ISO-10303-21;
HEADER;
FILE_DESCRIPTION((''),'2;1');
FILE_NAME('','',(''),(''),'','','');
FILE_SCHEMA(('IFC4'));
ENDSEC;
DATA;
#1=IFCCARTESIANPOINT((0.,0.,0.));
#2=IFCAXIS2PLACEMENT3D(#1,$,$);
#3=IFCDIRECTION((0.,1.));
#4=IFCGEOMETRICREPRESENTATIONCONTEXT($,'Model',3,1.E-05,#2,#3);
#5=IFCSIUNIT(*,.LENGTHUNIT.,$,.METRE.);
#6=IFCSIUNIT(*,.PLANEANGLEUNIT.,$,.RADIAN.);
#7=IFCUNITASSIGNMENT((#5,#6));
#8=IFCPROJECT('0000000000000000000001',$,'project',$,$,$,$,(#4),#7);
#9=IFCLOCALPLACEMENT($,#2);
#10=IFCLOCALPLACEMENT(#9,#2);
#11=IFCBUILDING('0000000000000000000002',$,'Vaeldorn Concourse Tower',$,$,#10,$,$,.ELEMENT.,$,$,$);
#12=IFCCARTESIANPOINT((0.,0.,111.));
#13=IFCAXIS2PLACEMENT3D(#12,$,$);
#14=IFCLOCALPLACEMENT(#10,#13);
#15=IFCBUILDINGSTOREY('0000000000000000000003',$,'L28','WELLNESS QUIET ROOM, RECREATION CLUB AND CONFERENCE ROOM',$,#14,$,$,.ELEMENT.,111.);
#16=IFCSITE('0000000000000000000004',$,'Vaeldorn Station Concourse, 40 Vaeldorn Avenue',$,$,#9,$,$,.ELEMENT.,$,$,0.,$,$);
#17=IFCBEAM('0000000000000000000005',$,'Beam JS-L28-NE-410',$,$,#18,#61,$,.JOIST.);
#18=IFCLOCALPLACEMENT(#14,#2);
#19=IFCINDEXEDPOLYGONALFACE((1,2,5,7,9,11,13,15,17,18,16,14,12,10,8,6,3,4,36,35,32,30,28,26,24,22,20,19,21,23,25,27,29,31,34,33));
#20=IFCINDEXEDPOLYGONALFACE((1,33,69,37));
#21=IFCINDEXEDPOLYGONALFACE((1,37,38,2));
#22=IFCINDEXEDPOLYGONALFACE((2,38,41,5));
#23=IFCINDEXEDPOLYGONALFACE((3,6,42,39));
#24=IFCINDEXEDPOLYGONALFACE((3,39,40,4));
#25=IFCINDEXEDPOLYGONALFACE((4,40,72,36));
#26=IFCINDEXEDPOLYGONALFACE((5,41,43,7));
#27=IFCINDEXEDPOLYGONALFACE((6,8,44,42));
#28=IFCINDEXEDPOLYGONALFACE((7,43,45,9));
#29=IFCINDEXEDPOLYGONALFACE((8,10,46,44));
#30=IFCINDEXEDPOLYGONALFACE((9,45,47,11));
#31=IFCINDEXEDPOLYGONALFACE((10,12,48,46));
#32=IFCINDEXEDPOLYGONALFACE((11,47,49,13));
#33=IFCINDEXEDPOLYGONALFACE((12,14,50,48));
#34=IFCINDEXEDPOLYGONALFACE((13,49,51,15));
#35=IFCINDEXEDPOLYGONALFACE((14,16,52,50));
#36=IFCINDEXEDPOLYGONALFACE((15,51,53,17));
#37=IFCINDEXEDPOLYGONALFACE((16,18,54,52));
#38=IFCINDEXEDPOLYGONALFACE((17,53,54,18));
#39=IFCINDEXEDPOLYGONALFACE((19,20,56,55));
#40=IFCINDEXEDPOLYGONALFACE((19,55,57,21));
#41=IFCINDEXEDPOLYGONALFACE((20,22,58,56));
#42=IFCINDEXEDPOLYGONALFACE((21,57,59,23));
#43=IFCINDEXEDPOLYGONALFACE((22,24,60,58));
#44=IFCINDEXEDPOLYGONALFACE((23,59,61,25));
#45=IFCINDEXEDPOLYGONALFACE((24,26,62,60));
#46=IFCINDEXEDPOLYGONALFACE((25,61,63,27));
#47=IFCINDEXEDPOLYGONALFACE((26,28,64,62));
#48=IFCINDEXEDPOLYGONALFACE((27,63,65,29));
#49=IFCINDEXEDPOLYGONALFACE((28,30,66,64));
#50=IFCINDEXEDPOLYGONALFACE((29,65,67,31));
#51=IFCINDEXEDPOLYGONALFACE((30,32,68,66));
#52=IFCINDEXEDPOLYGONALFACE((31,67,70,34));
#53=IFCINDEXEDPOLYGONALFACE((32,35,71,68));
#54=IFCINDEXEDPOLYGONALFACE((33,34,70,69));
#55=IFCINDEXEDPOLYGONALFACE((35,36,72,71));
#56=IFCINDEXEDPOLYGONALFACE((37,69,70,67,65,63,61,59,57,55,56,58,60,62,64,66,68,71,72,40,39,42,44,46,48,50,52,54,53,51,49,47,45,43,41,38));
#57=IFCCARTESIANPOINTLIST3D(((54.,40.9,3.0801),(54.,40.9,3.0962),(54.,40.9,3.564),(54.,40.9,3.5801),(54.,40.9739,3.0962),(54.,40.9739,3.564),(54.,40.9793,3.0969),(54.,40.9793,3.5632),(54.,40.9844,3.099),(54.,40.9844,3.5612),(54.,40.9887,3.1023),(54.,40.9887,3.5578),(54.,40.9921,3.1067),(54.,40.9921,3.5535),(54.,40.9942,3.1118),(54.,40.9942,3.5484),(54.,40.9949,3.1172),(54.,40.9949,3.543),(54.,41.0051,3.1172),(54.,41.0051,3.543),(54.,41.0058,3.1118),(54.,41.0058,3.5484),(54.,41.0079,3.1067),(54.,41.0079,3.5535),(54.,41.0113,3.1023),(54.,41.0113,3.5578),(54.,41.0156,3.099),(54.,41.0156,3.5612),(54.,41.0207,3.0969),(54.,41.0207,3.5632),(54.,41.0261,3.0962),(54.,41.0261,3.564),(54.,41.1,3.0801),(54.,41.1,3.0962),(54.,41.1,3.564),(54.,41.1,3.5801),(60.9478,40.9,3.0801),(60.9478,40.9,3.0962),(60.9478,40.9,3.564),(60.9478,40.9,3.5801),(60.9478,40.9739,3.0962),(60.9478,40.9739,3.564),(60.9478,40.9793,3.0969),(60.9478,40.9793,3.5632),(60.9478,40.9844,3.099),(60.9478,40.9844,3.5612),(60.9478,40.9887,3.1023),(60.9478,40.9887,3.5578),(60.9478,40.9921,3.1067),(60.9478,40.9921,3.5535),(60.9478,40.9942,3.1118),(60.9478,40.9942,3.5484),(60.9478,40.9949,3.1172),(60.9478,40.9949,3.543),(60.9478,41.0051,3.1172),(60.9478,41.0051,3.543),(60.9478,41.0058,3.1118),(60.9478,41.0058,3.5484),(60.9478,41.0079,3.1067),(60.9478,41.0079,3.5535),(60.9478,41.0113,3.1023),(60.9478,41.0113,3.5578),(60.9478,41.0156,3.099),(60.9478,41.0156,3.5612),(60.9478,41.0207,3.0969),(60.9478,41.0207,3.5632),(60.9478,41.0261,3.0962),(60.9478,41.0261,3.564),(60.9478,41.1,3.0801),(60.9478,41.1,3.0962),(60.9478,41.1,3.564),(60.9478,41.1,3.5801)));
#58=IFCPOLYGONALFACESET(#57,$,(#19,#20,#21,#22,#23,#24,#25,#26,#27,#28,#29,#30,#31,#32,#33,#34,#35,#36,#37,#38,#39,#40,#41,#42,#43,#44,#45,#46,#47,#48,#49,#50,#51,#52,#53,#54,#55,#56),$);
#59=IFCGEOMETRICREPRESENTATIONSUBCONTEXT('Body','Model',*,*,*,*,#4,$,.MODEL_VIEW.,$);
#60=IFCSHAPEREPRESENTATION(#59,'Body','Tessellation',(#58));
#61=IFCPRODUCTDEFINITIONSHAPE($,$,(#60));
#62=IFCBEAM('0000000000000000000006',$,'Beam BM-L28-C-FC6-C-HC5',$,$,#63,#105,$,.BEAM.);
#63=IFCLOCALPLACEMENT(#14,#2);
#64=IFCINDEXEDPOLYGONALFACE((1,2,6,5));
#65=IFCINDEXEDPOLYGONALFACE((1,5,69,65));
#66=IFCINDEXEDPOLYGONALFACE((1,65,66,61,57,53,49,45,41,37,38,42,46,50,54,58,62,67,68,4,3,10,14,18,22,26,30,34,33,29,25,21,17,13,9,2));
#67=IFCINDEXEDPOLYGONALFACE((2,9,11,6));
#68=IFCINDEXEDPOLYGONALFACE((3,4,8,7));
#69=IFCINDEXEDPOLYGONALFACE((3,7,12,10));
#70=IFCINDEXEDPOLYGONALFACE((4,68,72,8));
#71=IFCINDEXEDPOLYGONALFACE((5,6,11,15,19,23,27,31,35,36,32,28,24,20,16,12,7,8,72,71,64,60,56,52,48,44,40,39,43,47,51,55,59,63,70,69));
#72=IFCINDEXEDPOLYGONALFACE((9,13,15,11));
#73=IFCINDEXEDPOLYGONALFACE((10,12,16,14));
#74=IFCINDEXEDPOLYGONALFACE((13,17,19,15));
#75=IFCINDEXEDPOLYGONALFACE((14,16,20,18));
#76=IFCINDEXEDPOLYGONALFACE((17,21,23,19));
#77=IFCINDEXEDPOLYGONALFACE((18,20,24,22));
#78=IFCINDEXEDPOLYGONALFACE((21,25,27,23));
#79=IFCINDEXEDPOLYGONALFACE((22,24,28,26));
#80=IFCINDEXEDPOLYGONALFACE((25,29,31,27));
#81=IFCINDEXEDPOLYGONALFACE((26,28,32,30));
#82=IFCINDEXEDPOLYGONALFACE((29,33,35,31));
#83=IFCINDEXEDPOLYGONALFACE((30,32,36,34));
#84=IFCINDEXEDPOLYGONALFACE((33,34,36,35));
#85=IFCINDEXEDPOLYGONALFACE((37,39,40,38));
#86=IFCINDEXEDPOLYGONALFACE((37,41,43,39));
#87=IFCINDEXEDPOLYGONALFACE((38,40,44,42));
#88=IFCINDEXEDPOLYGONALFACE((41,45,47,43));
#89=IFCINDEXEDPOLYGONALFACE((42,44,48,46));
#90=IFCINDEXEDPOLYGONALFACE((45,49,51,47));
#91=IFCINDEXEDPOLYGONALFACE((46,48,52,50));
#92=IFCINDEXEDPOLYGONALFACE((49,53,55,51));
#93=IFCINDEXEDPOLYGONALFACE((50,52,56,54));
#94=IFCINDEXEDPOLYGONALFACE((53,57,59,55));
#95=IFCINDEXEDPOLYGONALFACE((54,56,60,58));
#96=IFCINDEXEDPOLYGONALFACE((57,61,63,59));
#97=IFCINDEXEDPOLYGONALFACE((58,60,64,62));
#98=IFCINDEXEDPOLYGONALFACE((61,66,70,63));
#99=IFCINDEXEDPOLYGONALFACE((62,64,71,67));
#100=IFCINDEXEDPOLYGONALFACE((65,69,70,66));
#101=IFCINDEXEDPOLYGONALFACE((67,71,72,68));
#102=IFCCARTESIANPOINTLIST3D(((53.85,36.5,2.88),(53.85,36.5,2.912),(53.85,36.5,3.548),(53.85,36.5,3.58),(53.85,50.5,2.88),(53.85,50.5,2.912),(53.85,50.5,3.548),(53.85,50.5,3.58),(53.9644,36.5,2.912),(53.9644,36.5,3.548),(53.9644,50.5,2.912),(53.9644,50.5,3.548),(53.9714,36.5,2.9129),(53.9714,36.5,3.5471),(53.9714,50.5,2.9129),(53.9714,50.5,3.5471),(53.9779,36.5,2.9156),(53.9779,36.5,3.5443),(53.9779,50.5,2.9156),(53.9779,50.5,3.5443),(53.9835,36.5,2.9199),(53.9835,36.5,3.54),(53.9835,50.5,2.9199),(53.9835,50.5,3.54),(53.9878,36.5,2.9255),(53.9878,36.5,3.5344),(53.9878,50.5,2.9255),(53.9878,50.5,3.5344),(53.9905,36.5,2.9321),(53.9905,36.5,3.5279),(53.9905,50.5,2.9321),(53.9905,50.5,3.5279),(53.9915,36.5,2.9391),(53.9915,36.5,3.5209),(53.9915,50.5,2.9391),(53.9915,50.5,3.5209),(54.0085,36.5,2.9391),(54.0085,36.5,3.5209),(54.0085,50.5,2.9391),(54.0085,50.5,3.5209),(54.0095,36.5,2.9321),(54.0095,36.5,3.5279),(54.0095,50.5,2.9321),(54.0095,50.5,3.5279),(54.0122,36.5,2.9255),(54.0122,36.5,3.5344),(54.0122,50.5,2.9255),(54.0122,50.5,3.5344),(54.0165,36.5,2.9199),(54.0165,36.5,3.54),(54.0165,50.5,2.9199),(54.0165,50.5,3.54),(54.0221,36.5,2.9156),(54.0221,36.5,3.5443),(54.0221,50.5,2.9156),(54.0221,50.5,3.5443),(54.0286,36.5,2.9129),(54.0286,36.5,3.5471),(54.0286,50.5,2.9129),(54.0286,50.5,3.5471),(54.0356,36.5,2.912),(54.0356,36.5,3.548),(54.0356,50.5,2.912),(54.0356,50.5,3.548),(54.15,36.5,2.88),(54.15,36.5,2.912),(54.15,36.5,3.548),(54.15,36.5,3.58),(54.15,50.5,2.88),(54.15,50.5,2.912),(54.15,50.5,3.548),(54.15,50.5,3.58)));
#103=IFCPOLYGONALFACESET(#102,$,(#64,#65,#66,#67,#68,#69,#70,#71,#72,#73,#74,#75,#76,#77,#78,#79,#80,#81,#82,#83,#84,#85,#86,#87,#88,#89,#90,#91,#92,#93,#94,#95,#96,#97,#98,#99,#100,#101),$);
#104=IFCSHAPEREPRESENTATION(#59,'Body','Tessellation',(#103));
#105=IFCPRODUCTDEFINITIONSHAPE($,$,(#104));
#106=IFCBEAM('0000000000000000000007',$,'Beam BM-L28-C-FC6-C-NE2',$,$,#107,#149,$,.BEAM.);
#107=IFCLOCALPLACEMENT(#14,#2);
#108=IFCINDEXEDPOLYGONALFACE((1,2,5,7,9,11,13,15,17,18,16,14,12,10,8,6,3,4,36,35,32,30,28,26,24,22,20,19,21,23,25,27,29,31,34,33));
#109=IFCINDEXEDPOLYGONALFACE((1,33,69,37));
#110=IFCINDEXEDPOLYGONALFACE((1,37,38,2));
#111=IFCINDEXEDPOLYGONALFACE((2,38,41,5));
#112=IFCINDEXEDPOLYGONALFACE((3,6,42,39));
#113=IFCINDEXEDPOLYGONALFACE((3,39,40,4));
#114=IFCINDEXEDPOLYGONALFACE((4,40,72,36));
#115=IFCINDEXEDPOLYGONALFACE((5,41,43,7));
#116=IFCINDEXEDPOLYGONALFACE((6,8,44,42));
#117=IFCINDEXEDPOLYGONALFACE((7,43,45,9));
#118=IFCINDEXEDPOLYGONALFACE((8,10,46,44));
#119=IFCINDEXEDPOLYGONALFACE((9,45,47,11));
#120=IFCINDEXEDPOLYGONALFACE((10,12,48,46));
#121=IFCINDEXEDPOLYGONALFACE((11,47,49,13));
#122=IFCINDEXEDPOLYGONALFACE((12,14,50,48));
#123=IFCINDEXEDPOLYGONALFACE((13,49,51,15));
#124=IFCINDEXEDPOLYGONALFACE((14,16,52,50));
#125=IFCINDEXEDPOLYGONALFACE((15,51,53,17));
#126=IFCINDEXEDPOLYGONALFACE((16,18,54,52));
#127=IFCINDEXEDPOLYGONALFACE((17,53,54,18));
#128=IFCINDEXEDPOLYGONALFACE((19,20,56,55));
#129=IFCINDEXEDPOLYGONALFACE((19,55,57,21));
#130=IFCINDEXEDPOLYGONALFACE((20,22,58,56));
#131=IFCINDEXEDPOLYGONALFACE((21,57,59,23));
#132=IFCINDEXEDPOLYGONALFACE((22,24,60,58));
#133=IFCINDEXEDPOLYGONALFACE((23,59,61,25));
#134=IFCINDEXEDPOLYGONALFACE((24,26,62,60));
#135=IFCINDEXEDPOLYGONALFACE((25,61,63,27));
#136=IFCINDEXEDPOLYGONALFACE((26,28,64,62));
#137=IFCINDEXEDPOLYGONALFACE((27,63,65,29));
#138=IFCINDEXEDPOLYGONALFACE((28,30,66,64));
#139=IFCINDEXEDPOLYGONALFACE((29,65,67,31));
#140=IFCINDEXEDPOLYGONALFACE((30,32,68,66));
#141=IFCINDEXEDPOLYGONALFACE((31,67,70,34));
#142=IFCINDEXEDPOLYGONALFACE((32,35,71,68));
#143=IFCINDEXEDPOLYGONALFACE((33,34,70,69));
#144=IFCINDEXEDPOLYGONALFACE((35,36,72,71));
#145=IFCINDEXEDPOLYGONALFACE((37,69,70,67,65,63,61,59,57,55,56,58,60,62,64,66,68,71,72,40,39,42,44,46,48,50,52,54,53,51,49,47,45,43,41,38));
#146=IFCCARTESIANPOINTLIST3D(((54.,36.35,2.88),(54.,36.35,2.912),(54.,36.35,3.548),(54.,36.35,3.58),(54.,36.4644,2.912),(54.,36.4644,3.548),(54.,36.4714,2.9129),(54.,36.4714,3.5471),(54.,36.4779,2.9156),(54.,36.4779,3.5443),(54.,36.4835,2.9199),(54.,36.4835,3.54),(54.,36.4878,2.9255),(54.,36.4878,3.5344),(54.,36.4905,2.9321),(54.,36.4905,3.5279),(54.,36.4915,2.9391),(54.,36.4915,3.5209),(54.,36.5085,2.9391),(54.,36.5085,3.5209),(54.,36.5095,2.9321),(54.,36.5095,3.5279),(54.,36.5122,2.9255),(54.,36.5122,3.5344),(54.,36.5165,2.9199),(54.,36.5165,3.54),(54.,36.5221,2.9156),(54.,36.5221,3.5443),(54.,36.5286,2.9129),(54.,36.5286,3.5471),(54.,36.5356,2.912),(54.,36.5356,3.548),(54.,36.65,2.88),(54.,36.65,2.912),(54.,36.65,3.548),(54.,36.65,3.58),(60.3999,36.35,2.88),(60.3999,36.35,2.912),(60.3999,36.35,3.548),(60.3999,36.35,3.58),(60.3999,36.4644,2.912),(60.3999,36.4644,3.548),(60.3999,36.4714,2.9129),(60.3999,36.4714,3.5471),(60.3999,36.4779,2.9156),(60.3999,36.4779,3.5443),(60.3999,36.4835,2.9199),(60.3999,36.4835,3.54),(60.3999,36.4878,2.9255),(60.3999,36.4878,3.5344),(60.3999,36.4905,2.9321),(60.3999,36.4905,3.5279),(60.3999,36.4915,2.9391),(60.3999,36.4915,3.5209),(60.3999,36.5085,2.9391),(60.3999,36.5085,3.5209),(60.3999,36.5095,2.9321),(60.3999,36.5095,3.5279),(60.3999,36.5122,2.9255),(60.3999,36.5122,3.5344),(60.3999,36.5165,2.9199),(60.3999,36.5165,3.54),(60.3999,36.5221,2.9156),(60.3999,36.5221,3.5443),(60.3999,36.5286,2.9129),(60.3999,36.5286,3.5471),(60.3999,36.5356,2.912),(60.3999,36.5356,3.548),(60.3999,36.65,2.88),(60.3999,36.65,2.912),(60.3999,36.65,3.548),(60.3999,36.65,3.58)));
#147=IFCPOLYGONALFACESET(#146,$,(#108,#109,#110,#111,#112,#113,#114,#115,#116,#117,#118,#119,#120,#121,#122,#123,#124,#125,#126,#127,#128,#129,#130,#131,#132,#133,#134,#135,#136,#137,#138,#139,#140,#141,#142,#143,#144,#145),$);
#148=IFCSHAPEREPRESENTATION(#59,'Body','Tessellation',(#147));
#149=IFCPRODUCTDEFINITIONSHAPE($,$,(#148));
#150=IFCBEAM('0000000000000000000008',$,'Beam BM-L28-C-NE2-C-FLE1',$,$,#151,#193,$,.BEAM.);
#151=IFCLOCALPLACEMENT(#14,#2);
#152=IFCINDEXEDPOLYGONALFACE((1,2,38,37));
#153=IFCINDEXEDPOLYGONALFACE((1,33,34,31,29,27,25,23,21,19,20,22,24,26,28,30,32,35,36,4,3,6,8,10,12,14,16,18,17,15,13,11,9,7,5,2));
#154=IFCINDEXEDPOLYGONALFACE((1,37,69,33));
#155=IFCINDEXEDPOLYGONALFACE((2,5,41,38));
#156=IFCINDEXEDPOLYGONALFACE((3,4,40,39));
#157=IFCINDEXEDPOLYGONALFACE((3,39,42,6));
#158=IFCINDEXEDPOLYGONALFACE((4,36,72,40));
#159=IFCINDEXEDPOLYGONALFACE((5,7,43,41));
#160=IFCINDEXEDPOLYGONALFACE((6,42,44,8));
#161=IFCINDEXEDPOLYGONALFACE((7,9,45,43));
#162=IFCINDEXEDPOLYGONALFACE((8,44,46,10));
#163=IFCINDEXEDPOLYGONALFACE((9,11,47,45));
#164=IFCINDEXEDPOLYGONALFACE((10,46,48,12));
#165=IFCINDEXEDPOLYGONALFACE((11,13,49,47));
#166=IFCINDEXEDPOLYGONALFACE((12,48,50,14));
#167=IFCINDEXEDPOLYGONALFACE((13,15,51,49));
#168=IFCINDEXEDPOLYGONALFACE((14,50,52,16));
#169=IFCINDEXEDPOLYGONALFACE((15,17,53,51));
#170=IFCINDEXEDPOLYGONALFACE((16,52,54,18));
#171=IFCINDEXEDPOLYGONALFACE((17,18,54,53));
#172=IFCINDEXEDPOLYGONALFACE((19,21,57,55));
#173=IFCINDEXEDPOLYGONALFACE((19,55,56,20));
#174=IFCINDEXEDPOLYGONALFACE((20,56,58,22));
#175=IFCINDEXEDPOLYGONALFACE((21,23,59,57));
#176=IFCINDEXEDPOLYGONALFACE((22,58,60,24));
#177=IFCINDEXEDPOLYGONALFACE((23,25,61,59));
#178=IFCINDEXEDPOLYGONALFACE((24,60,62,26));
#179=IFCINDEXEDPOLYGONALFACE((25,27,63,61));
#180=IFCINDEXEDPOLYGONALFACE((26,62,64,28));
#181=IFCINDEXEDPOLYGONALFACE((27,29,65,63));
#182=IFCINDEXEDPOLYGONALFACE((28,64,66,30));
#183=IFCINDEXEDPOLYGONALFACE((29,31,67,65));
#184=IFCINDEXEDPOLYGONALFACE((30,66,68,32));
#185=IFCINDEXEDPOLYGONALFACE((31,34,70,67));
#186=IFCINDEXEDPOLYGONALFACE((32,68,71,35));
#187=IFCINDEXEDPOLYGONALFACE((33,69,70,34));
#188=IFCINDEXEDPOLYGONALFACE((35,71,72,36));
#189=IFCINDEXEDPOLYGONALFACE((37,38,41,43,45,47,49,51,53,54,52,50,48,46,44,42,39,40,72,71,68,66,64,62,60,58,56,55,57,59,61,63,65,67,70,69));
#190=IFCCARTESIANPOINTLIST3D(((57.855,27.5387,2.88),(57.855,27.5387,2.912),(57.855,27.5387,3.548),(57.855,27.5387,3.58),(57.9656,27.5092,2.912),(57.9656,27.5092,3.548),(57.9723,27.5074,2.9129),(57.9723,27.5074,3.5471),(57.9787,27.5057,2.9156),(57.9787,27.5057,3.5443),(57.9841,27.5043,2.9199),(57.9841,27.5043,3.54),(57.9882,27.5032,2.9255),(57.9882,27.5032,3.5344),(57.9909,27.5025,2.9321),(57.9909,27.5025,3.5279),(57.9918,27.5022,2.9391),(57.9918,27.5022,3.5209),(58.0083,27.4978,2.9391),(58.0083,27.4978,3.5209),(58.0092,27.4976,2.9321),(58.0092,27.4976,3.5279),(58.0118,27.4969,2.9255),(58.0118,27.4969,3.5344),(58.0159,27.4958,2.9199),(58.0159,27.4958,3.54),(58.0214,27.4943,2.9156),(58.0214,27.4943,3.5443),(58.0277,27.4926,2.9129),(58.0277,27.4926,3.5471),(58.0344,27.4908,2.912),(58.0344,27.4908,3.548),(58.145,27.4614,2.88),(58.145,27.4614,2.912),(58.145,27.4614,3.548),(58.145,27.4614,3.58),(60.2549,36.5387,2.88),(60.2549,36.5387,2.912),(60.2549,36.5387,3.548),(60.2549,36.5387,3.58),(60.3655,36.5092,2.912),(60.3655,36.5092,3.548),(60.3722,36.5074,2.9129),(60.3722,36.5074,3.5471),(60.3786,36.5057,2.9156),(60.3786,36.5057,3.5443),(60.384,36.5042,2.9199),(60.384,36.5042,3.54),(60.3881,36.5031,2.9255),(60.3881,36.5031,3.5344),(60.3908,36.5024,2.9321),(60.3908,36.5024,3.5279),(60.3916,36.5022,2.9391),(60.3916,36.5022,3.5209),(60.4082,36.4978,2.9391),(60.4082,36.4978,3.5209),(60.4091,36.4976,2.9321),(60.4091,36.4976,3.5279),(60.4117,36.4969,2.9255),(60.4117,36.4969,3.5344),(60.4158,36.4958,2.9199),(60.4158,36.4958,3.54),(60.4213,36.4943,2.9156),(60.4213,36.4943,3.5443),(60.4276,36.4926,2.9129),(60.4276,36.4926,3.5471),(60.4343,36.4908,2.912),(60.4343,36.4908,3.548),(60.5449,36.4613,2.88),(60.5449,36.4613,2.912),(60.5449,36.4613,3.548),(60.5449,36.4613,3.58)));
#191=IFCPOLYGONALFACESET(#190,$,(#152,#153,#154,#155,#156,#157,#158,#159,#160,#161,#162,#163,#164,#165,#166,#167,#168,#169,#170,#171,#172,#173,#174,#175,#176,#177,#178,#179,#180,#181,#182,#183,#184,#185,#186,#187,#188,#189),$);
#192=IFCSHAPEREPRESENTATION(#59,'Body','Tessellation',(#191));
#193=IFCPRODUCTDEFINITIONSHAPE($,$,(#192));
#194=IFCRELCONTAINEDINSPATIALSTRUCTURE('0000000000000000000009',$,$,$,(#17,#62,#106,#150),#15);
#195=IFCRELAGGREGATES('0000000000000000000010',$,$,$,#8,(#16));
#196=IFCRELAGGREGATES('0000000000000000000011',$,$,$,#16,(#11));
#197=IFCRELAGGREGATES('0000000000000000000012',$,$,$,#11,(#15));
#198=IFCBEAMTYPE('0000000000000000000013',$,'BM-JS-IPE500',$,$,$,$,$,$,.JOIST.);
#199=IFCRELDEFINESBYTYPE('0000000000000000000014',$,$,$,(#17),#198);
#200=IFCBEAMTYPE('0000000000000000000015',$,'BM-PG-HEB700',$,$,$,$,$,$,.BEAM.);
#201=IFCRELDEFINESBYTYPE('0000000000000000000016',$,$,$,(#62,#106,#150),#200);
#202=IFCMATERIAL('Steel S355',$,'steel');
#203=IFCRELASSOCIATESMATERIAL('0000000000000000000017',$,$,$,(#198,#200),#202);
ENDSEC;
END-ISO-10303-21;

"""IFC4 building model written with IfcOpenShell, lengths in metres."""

from ifc_helpers import new_model, si_unit, direction, frame, origin, origin_2d, place, context, subcontext, project, spatial, i_section, extrude, source, transform, mapped, material, material_profile, profile_set, type_object, element, save


model = new_model("IFC4")

# Units and contexts
model_context = context("Model", 3, precision=1e-05, world=origin(), true_north=direction((0.0, 1.0)))
body_context = subcontext(model_context, "Body", "Model", "MODEL_VIEW")
ifc_project = project(units=[si_unit("LENGTHUNIT", "METRE"), si_unit("PLANEANGLEUNIT", "RADIAN")], contexts=[model_context])

# Site, building, storey
site_placement = place(None, origin())
site = spatial("IfcSite", under=ifc_project, at=site_placement, Name="Vaeldorn Station Concourse, 40 Vaeldorn Avenue", CompositionType="ELEMENT", RefElevation=0.0)
building_placement = place(site_placement, origin())
building = spatial("IfcBuilding", under=site, at=building_placement, Name="Vaeldorn Concourse Tower", CompositionType="ELEMENT")
storey_placement = place(building_placement, frame((0.0, 0.0, 111.0)))
storey = spatial("IfcBuildingStorey", under=building, at=storey_placement, Name="L28", Description="WELLNESS QUIET ROOM, RECREATION CLUB AND CONFERENCE ROOM", CompositionType="ELEMENT", Elevation=111.0)

# Beams
ifc_material_1 = material(Name="Steel S355", Category="steel")
ifc_material_profile_1 = material_profile(ifc_material_1, i_section(OverallWidth=0.2, OverallDepth=0.5, WebThickness=0.0103, FlangeThickness=0.0161, FilletRadius=0.021, at=origin_2d()), Name="IPE 500")
ifc_profile_set_1 = profile_set([ifc_material_profile_1], Name="Steel S355")
beam_type_1 = type_object("IfcBeamType", Name="BM-JS-IPE500", PredefinedType="JOIST", material=ifc_profile_set_1)
shared_shape_1 = source(origin(), body_context, "Body", "SweptSolid", [
    extrude(i_section(OverallWidth=0.2, OverallDepth=0.5, WebThickness=0.0103, FlangeThickness=0.0161, FilletRadius=0.021, at=origin_2d()), origin(), (0.0, 0.0, 1.0), 6.9478),
])
beam_1_placement = place(storey_placement, frame((54.0, 41.0, 3.3301), z_axis=(1.0, 0.0, 0.0), x_axis=(0.0, 1.0, 0.0)))
element("IfcBeam", 1, at=beam_1_placement, inside=storey, type_object=beam_type_1, Name="Beam JS-L28-NE-410", PredefinedType="JOIST", context=body_context, shape_type="MappedRepresentation", body=[
    mapped(shared_shape_1, transform((0.0, 0.0, 0.0), scale=1.0)),
])
ifc_material_profile_2 = material_profile(ifc_material_1, i_section(OverallWidth=0.3, OverallDepth=0.7, WebThickness=0.0171, FlangeThickness=0.032, FilletRadius=0.0271, at=origin_2d()), Name="HEB 700")
ifc_profile_set_2 = profile_set([ifc_material_profile_2], Name="Steel S355")
beam_type_2 = type_object("IfcBeamType", Name="BM-PG-HEB700", PredefinedType="BEAM", material=ifc_profile_set_2)
shared_shape_2 = source(origin(), body_context, "Body", "SweptSolid", [
    extrude(i_section(OverallWidth=0.3, OverallDepth=0.7, WebThickness=0.0171, FlangeThickness=0.032, FilletRadius=0.0271, at=origin_2d()), origin(), (0.0, 0.0, 1.0), 14.0),
])
beam_2_placement = place(storey_placement, frame((54.0, 36.5, 3.23), z_axis=(0.0, 1.0, 0.0), x_axis=(-1.0, 0.0, 0.0)))
element("IfcBeam", 2, at=beam_2_placement, inside=storey, type_object=beam_type_2, Name="Beam BM-L28-C-FC6-C-HC5", PredefinedType="BEAM", context=body_context, shape_type="MappedRepresentation", body=[
    mapped(shared_shape_2, transform((0.0, 0.0, 0.0), scale=1.0)),
])
shared_shape_3 = source(origin(), body_context, "Body", "SweptSolid", [
    extrude(i_section(OverallWidth=0.3, OverallDepth=0.7, WebThickness=0.0171, FlangeThickness=0.032, FilletRadius=0.0271, at=origin_2d()), origin(), (0.0, 0.0, 1.0), 6.3999),
])
beam_3_placement = place(storey_placement, frame((54.0, 36.5, 3.23), z_axis=(1.0, 0.0, 0.0), x_axis=(0.0, 1.0, 0.0)))
element("IfcBeam", 3, at=beam_3_placement, inside=storey, type_object=beam_type_2, Name="Beam BM-L28-C-FC6-C-NE2", PredefinedType="BEAM", context=body_context, shape_type="MappedRepresentation", body=[
    mapped(shared_shape_3, transform((0.0, 0.0, 0.0), scale=1.0)),
])
shared_shape_4 = source(origin(), body_context, "Body", "SweptSolid", [
    extrude(i_section(OverallWidth=0.3, OverallDepth=0.7, WebThickness=0.0171, FlangeThickness=0.032, FilletRadius=0.0271, at=origin_2d()), origin(), (0.0, 0.0, 1.0), 9.3145),
])
beam_4_placement = place(storey_placement, frame((60.3999, 36.5, 3.23), z_axis=(-0.257653, -0.966238, 0.0), x_axis=(0.966238, -0.257653, 0.0)))
element("IfcBeam", 4, at=beam_4_placement, inside=storey, type_object=beam_type_2, Name="Beam BM-L28-C-NE2-C-FLE1", PredefinedType="BEAM", context=body_context, shape_type="MappedRepresentation", body=[
    mapped(shared_shape_4, transform((0.0, 0.0, 0.0), scale=1.0)),
])

save(model, "model.ifc")
